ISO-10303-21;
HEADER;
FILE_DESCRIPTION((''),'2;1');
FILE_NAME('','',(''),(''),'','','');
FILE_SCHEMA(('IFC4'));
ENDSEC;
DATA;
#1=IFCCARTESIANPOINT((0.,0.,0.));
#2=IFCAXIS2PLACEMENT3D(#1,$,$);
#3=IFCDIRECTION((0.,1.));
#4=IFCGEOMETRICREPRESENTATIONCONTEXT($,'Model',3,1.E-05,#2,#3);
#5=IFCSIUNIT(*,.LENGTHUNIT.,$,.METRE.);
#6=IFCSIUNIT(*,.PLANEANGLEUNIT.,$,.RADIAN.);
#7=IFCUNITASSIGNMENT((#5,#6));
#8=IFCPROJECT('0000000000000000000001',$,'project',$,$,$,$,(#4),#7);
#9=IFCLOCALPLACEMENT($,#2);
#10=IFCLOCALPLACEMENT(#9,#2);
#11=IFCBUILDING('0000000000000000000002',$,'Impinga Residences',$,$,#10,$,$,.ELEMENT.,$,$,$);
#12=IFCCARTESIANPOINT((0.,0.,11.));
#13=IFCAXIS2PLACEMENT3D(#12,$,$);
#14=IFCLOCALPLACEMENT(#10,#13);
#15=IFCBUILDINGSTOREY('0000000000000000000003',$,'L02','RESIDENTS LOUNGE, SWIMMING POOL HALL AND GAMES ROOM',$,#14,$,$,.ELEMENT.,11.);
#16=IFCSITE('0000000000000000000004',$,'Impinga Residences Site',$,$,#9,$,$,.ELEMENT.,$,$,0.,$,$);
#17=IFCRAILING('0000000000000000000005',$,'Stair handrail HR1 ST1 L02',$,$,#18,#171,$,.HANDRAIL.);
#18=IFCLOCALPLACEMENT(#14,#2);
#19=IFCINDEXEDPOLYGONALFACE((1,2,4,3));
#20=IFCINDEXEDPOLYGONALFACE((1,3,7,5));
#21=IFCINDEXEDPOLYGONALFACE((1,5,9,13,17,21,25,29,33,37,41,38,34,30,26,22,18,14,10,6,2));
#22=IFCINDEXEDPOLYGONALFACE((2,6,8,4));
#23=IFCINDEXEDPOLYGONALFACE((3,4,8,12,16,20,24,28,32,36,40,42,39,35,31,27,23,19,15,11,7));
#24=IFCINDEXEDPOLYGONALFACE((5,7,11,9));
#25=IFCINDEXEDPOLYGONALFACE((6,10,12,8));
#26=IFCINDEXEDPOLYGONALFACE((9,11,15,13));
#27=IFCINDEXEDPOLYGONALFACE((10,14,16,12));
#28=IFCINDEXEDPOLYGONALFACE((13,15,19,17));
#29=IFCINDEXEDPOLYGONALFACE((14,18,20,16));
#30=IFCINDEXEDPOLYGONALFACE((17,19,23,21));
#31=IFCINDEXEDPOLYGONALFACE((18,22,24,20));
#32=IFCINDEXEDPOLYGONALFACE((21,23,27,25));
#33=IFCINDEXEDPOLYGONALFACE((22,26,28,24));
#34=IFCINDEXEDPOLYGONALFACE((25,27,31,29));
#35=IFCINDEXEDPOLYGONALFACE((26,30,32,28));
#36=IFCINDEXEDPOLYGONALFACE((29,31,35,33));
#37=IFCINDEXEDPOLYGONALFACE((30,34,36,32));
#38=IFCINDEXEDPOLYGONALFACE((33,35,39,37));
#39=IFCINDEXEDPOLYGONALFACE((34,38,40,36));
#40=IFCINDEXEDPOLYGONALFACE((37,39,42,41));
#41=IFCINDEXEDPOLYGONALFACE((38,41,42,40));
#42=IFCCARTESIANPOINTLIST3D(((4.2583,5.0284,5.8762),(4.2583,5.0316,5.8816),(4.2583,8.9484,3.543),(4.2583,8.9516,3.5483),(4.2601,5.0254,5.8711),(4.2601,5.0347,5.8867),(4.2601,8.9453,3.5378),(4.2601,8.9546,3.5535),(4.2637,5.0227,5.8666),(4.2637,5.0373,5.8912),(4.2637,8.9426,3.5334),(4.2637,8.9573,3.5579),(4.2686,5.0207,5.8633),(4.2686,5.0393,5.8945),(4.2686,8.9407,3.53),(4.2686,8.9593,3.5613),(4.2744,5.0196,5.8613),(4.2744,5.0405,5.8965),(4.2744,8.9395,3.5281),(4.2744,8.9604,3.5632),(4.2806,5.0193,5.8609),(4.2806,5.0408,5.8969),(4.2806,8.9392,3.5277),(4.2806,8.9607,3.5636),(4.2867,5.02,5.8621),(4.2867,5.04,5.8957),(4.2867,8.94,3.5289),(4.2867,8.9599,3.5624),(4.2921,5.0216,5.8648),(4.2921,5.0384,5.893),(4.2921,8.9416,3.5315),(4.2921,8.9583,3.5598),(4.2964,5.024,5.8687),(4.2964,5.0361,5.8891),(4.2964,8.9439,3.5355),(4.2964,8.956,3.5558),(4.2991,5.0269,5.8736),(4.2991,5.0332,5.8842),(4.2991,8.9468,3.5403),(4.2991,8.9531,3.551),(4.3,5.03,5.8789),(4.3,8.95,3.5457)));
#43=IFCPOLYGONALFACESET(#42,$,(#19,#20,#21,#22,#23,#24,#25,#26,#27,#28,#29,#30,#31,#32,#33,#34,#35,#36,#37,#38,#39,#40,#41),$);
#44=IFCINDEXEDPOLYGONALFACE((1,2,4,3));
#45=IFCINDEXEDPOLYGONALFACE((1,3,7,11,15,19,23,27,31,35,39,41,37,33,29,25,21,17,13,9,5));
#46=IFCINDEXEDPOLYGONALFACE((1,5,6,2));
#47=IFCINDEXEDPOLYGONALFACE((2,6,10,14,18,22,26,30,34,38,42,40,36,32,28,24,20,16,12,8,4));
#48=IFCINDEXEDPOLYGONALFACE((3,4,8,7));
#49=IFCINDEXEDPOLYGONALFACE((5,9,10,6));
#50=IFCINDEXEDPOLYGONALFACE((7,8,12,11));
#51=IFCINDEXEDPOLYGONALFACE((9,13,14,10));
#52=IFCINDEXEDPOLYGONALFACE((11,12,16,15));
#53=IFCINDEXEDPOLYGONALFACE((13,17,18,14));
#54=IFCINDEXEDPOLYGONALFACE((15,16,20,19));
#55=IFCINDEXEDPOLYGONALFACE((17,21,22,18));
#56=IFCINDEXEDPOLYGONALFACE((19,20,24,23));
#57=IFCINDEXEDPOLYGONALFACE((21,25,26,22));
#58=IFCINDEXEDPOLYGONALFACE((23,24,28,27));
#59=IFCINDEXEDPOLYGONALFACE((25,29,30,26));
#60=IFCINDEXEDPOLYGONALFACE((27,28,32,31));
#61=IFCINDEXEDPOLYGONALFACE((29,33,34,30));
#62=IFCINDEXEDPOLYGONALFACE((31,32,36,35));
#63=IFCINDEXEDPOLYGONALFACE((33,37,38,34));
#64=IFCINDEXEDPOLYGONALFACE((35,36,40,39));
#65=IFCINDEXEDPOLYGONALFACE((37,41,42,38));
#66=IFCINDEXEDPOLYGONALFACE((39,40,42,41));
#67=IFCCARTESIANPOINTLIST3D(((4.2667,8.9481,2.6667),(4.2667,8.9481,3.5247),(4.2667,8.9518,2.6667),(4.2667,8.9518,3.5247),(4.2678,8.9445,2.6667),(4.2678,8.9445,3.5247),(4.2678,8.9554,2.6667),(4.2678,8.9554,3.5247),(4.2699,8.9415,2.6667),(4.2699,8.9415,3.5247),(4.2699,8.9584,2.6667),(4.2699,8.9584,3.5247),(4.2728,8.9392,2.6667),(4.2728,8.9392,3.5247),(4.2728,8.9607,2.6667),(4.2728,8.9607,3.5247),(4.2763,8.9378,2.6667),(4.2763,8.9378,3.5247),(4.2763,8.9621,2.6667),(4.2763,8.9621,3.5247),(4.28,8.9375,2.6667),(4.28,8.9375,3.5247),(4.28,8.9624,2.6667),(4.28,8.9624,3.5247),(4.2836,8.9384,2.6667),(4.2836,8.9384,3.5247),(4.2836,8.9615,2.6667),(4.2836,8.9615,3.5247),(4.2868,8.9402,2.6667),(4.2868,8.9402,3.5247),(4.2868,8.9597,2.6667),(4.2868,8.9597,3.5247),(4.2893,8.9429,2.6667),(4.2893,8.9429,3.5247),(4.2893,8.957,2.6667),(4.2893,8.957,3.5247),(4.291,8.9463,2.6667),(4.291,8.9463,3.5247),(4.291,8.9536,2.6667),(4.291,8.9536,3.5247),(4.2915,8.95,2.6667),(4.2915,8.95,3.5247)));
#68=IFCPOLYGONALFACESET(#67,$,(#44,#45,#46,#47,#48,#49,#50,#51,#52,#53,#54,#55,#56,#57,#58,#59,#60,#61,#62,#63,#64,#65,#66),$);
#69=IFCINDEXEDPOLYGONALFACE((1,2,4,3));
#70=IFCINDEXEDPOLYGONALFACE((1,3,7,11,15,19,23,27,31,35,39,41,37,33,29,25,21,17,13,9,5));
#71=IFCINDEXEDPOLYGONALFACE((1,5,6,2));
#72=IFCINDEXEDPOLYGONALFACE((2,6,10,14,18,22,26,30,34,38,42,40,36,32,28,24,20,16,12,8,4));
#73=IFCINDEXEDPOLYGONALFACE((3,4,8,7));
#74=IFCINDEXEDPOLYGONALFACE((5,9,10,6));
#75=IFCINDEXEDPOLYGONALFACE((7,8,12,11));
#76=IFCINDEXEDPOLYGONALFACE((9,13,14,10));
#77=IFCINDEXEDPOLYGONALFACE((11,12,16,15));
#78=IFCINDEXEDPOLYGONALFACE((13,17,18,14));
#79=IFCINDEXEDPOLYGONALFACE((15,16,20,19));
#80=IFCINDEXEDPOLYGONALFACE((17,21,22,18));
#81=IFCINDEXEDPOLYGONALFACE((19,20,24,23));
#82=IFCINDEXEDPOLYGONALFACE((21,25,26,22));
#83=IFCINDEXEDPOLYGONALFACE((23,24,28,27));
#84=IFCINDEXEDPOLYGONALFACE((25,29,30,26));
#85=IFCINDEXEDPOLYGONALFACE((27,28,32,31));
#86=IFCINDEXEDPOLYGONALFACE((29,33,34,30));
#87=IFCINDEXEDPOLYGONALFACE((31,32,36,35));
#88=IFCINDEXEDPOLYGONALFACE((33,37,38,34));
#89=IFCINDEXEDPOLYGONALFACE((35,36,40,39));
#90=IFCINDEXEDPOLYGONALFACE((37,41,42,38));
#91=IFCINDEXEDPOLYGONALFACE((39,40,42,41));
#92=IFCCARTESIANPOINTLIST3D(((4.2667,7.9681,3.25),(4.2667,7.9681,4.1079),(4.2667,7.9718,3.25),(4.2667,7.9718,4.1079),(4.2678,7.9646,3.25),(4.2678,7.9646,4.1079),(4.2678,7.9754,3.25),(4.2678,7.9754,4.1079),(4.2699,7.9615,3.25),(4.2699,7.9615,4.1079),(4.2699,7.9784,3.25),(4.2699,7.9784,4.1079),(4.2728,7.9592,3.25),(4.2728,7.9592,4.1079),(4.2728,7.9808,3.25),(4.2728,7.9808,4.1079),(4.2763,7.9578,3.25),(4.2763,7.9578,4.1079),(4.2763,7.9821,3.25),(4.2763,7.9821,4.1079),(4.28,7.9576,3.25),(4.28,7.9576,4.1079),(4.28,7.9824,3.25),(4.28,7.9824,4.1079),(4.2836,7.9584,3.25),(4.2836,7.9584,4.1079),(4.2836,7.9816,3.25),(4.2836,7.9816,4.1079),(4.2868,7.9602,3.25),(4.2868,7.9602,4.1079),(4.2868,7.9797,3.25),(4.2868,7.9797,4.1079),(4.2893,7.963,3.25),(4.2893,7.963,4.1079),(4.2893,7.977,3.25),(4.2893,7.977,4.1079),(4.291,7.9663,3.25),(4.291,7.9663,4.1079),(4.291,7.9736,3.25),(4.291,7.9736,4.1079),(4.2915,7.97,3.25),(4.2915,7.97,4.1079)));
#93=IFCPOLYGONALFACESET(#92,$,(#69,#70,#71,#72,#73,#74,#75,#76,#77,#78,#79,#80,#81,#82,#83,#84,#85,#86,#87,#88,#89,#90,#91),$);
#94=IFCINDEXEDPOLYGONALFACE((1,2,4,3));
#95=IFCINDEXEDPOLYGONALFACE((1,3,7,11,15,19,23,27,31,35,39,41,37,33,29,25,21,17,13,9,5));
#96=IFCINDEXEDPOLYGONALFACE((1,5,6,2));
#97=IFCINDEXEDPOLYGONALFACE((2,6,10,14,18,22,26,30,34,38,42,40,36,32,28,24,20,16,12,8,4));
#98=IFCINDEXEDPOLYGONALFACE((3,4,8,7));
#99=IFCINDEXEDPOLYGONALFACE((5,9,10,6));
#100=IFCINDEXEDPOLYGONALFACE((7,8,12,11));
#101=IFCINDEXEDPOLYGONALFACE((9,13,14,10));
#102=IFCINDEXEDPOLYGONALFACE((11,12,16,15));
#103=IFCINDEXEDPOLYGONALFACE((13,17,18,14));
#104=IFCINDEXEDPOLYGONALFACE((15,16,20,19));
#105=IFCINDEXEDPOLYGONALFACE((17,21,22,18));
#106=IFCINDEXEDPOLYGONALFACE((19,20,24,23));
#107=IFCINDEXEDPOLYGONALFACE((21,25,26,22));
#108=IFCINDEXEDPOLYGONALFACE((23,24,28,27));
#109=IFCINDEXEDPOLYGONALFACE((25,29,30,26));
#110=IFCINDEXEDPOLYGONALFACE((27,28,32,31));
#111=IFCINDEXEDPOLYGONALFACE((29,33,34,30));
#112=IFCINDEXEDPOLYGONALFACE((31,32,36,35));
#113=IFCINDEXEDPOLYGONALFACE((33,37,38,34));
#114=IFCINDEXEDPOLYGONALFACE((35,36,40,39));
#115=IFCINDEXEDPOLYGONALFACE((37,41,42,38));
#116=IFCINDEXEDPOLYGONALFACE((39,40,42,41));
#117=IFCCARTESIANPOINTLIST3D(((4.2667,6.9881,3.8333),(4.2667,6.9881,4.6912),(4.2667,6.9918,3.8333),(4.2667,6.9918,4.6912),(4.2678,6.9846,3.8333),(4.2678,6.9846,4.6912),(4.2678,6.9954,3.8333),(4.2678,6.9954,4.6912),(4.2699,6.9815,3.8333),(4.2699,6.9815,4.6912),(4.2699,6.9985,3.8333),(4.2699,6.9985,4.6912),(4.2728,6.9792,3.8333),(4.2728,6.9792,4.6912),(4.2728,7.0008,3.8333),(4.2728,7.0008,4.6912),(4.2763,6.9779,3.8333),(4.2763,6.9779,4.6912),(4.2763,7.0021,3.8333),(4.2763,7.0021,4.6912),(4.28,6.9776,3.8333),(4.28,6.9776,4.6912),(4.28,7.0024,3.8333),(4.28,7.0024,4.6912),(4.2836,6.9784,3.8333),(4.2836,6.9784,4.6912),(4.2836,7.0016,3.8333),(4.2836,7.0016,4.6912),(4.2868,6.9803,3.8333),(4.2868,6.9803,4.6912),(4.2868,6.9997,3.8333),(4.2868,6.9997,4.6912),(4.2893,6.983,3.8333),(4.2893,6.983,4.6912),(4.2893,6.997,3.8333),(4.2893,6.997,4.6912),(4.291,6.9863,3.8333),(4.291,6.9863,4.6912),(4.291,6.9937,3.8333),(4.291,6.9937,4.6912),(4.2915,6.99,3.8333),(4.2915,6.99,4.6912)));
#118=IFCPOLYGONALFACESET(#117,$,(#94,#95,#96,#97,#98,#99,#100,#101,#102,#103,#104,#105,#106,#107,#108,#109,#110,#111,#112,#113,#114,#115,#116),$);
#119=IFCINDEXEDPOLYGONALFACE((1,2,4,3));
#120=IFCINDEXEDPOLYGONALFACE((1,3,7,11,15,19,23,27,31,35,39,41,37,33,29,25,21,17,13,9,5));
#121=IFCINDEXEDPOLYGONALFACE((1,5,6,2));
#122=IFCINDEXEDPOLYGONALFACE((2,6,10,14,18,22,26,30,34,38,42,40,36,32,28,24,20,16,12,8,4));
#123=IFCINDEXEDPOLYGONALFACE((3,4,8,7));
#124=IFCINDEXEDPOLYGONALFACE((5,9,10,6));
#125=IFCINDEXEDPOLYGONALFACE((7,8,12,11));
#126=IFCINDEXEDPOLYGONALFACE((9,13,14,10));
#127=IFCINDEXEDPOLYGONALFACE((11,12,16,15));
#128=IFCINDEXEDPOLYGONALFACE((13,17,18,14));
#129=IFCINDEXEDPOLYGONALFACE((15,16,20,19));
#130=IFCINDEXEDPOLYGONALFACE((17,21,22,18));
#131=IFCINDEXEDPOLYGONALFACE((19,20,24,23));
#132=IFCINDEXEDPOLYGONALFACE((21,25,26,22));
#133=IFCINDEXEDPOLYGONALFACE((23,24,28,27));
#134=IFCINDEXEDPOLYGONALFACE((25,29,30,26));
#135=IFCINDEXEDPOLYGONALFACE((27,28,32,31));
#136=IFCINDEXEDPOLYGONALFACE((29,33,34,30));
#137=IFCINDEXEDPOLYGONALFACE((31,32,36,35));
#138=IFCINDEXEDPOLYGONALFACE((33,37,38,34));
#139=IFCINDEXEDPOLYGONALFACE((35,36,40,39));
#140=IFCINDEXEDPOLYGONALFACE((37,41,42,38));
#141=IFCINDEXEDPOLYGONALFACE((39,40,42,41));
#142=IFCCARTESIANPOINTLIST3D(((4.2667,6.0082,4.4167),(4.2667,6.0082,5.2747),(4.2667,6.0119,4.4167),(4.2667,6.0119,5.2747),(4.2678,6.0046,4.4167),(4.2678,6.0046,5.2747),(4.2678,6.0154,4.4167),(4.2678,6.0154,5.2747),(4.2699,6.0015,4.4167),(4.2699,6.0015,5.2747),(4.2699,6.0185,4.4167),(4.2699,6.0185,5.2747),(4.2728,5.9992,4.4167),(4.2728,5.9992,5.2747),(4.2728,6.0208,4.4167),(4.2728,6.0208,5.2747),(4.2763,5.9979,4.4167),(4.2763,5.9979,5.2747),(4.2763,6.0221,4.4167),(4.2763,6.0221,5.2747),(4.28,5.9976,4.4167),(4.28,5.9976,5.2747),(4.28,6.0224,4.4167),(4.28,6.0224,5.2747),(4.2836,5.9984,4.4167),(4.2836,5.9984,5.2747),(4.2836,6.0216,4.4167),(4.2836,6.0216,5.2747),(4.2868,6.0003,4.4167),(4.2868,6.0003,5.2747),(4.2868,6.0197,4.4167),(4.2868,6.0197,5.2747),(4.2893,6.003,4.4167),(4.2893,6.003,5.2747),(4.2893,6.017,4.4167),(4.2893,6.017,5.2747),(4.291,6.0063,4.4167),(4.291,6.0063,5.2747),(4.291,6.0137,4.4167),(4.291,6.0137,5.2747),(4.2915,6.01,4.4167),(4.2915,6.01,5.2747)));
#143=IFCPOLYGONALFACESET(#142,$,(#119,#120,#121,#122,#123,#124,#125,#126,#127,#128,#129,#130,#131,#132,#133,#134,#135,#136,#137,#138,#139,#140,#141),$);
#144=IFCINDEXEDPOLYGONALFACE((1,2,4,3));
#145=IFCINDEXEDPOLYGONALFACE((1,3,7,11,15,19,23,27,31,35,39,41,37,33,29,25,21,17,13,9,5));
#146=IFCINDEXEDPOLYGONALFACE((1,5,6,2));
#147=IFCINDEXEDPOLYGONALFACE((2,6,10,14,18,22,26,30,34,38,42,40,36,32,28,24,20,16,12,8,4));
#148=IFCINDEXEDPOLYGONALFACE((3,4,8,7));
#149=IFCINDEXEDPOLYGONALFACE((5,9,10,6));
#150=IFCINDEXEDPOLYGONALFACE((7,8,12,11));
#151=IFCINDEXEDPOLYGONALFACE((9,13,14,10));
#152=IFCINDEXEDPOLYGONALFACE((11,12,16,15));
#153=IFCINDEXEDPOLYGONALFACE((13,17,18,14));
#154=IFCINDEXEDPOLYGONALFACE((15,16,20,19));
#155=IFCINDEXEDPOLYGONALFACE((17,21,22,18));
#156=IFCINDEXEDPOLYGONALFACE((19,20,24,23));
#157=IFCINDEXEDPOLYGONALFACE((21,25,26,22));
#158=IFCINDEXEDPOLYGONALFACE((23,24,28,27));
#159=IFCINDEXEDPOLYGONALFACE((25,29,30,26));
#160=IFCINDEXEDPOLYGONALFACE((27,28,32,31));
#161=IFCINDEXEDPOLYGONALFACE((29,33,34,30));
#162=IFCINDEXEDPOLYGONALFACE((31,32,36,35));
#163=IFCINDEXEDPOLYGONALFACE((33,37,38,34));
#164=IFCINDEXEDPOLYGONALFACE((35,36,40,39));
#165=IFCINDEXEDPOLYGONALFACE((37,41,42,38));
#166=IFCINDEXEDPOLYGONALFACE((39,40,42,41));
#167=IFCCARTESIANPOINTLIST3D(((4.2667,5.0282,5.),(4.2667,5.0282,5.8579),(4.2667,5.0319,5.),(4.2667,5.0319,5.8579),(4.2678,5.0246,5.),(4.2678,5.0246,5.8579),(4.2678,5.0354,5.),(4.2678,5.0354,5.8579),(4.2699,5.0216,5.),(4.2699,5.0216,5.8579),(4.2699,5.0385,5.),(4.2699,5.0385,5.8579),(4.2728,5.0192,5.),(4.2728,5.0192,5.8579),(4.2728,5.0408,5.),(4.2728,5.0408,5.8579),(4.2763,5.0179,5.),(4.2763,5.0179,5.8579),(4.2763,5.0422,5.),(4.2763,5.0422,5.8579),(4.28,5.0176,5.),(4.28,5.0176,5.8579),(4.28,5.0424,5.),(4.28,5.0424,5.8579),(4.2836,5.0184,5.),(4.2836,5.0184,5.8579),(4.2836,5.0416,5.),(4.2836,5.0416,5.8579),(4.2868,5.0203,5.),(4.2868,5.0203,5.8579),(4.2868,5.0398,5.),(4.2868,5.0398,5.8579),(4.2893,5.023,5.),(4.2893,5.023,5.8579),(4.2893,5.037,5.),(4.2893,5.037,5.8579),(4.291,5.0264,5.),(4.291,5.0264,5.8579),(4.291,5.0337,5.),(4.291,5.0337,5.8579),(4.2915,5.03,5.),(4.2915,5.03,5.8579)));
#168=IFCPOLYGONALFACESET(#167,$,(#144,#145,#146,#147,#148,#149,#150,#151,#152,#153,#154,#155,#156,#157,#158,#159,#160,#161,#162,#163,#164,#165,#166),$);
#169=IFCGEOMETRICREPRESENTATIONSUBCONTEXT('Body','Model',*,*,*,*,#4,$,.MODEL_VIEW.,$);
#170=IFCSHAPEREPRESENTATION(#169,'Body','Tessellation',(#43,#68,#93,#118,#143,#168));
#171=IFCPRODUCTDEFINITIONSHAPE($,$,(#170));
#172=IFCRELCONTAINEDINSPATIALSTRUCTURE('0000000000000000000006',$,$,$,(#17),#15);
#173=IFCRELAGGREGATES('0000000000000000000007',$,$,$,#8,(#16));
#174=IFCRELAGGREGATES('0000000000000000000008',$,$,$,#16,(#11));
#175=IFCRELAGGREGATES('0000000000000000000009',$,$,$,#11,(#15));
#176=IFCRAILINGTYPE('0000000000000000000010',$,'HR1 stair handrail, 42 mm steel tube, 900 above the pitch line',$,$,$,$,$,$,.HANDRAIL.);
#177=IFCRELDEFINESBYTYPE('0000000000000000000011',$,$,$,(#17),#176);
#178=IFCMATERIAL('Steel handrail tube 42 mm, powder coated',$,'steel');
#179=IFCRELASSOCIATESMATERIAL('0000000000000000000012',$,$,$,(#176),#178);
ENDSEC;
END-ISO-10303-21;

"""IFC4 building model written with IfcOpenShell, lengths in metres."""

from ifc_helpers import new_model, si_unit, direction, frame, origin, origin_2d, place, context, subcontext, project, spatial, circle, extrude, material, type_object, element, save


model = new_model("IFC4")

# Units and contexts
model_context = context("Model", 3, precision=1e-05, world=origin(), true_north=direction((0.0, 1.0)))
body_context = subcontext(model_context, "Body", "Model", "MODEL_VIEW")
ifc_project = project(units=[si_unit("LENGTHUNIT", "METRE"), si_unit("PLANEANGLEUNIT", "RADIAN")], contexts=[model_context])

# Site, building, storey
site_placement = place(None, origin())
site = spatial("IfcSite", under=ifc_project, at=site_placement, Name="Impinga Residences Site", CompositionType="ELEMENT", RefElevation=0.0)
building_placement = place(site_placement, origin())
building = spatial("IfcBuilding", under=site, at=building_placement, Name="Impinga Residences", CompositionType="ELEMENT")
storey_placement = place(building_placement, frame((0.0, 0.0, 11.0)))
storey = spatial("IfcBuildingStorey", under=building, at=storey_placement, Name="L02", Description="RESIDENTS LOUNGE, SWIMMING POOL HALL AND GAMES ROOM", CompositionType="ELEMENT", Elevation=11.0)

# Railing
ifc_material_1 = material(Name="Steel handrail tube 42 mm, powder coated", Category="steel")
railing_type_1 = type_object("IfcRailingType", Name="HR1 stair handrail, 42 mm steel tube, 900 above the pitch line", PredefinedType="HANDRAIL", material=ifc_material_1)
railing_1_placement = place(storey_placement, frame((4.2791, 8.95, 2.6667)))
element("IfcRailing", 1, at=railing_1_placement, inside=storey, type_object=railing_type_1, Name="Stair handrail HR1 ST1 L02", PredefinedType="HANDRAIL", context=body_context, shape_type="SweptSolid", body=[
    extrude(circle(Radius=0.021, at=origin_2d()), frame((0.0, 0.0, 0.8789), z_axis=(0.0, -0.859296, 0.511478), x_axis=(1.0, 0.0, 0.0)), (0.0, 0.0, 1.0), 4.5618),
    extrude(circle(Radius=0.0125, at=origin_2d()), origin(), (0.0, 0.0, 1.0), 0.8579),
    extrude(circle(Radius=0.0125, at=origin_2d()), frame((0.0, -0.98, 0.5833)), (0.0, 0.0, 1.0), 0.8579),
    extrude(circle(Radius=0.0125, at=origin_2d()), frame((0.0, -1.96, 1.1665)), (0.0, 0.0, 1.0), 0.8579),
    extrude(circle(Radius=0.0125, at=origin_2d()), frame((0.0, -2.9399, 1.75)), (0.0, 0.0, 1.0), 0.8579),
    extrude(circle(Radius=0.0125, at=origin_2d()), frame((0.0, -3.9199, 2.3333)), (0.0, 0.0, 1.0), 0.8579),
])

save(model, "model.ifc")
